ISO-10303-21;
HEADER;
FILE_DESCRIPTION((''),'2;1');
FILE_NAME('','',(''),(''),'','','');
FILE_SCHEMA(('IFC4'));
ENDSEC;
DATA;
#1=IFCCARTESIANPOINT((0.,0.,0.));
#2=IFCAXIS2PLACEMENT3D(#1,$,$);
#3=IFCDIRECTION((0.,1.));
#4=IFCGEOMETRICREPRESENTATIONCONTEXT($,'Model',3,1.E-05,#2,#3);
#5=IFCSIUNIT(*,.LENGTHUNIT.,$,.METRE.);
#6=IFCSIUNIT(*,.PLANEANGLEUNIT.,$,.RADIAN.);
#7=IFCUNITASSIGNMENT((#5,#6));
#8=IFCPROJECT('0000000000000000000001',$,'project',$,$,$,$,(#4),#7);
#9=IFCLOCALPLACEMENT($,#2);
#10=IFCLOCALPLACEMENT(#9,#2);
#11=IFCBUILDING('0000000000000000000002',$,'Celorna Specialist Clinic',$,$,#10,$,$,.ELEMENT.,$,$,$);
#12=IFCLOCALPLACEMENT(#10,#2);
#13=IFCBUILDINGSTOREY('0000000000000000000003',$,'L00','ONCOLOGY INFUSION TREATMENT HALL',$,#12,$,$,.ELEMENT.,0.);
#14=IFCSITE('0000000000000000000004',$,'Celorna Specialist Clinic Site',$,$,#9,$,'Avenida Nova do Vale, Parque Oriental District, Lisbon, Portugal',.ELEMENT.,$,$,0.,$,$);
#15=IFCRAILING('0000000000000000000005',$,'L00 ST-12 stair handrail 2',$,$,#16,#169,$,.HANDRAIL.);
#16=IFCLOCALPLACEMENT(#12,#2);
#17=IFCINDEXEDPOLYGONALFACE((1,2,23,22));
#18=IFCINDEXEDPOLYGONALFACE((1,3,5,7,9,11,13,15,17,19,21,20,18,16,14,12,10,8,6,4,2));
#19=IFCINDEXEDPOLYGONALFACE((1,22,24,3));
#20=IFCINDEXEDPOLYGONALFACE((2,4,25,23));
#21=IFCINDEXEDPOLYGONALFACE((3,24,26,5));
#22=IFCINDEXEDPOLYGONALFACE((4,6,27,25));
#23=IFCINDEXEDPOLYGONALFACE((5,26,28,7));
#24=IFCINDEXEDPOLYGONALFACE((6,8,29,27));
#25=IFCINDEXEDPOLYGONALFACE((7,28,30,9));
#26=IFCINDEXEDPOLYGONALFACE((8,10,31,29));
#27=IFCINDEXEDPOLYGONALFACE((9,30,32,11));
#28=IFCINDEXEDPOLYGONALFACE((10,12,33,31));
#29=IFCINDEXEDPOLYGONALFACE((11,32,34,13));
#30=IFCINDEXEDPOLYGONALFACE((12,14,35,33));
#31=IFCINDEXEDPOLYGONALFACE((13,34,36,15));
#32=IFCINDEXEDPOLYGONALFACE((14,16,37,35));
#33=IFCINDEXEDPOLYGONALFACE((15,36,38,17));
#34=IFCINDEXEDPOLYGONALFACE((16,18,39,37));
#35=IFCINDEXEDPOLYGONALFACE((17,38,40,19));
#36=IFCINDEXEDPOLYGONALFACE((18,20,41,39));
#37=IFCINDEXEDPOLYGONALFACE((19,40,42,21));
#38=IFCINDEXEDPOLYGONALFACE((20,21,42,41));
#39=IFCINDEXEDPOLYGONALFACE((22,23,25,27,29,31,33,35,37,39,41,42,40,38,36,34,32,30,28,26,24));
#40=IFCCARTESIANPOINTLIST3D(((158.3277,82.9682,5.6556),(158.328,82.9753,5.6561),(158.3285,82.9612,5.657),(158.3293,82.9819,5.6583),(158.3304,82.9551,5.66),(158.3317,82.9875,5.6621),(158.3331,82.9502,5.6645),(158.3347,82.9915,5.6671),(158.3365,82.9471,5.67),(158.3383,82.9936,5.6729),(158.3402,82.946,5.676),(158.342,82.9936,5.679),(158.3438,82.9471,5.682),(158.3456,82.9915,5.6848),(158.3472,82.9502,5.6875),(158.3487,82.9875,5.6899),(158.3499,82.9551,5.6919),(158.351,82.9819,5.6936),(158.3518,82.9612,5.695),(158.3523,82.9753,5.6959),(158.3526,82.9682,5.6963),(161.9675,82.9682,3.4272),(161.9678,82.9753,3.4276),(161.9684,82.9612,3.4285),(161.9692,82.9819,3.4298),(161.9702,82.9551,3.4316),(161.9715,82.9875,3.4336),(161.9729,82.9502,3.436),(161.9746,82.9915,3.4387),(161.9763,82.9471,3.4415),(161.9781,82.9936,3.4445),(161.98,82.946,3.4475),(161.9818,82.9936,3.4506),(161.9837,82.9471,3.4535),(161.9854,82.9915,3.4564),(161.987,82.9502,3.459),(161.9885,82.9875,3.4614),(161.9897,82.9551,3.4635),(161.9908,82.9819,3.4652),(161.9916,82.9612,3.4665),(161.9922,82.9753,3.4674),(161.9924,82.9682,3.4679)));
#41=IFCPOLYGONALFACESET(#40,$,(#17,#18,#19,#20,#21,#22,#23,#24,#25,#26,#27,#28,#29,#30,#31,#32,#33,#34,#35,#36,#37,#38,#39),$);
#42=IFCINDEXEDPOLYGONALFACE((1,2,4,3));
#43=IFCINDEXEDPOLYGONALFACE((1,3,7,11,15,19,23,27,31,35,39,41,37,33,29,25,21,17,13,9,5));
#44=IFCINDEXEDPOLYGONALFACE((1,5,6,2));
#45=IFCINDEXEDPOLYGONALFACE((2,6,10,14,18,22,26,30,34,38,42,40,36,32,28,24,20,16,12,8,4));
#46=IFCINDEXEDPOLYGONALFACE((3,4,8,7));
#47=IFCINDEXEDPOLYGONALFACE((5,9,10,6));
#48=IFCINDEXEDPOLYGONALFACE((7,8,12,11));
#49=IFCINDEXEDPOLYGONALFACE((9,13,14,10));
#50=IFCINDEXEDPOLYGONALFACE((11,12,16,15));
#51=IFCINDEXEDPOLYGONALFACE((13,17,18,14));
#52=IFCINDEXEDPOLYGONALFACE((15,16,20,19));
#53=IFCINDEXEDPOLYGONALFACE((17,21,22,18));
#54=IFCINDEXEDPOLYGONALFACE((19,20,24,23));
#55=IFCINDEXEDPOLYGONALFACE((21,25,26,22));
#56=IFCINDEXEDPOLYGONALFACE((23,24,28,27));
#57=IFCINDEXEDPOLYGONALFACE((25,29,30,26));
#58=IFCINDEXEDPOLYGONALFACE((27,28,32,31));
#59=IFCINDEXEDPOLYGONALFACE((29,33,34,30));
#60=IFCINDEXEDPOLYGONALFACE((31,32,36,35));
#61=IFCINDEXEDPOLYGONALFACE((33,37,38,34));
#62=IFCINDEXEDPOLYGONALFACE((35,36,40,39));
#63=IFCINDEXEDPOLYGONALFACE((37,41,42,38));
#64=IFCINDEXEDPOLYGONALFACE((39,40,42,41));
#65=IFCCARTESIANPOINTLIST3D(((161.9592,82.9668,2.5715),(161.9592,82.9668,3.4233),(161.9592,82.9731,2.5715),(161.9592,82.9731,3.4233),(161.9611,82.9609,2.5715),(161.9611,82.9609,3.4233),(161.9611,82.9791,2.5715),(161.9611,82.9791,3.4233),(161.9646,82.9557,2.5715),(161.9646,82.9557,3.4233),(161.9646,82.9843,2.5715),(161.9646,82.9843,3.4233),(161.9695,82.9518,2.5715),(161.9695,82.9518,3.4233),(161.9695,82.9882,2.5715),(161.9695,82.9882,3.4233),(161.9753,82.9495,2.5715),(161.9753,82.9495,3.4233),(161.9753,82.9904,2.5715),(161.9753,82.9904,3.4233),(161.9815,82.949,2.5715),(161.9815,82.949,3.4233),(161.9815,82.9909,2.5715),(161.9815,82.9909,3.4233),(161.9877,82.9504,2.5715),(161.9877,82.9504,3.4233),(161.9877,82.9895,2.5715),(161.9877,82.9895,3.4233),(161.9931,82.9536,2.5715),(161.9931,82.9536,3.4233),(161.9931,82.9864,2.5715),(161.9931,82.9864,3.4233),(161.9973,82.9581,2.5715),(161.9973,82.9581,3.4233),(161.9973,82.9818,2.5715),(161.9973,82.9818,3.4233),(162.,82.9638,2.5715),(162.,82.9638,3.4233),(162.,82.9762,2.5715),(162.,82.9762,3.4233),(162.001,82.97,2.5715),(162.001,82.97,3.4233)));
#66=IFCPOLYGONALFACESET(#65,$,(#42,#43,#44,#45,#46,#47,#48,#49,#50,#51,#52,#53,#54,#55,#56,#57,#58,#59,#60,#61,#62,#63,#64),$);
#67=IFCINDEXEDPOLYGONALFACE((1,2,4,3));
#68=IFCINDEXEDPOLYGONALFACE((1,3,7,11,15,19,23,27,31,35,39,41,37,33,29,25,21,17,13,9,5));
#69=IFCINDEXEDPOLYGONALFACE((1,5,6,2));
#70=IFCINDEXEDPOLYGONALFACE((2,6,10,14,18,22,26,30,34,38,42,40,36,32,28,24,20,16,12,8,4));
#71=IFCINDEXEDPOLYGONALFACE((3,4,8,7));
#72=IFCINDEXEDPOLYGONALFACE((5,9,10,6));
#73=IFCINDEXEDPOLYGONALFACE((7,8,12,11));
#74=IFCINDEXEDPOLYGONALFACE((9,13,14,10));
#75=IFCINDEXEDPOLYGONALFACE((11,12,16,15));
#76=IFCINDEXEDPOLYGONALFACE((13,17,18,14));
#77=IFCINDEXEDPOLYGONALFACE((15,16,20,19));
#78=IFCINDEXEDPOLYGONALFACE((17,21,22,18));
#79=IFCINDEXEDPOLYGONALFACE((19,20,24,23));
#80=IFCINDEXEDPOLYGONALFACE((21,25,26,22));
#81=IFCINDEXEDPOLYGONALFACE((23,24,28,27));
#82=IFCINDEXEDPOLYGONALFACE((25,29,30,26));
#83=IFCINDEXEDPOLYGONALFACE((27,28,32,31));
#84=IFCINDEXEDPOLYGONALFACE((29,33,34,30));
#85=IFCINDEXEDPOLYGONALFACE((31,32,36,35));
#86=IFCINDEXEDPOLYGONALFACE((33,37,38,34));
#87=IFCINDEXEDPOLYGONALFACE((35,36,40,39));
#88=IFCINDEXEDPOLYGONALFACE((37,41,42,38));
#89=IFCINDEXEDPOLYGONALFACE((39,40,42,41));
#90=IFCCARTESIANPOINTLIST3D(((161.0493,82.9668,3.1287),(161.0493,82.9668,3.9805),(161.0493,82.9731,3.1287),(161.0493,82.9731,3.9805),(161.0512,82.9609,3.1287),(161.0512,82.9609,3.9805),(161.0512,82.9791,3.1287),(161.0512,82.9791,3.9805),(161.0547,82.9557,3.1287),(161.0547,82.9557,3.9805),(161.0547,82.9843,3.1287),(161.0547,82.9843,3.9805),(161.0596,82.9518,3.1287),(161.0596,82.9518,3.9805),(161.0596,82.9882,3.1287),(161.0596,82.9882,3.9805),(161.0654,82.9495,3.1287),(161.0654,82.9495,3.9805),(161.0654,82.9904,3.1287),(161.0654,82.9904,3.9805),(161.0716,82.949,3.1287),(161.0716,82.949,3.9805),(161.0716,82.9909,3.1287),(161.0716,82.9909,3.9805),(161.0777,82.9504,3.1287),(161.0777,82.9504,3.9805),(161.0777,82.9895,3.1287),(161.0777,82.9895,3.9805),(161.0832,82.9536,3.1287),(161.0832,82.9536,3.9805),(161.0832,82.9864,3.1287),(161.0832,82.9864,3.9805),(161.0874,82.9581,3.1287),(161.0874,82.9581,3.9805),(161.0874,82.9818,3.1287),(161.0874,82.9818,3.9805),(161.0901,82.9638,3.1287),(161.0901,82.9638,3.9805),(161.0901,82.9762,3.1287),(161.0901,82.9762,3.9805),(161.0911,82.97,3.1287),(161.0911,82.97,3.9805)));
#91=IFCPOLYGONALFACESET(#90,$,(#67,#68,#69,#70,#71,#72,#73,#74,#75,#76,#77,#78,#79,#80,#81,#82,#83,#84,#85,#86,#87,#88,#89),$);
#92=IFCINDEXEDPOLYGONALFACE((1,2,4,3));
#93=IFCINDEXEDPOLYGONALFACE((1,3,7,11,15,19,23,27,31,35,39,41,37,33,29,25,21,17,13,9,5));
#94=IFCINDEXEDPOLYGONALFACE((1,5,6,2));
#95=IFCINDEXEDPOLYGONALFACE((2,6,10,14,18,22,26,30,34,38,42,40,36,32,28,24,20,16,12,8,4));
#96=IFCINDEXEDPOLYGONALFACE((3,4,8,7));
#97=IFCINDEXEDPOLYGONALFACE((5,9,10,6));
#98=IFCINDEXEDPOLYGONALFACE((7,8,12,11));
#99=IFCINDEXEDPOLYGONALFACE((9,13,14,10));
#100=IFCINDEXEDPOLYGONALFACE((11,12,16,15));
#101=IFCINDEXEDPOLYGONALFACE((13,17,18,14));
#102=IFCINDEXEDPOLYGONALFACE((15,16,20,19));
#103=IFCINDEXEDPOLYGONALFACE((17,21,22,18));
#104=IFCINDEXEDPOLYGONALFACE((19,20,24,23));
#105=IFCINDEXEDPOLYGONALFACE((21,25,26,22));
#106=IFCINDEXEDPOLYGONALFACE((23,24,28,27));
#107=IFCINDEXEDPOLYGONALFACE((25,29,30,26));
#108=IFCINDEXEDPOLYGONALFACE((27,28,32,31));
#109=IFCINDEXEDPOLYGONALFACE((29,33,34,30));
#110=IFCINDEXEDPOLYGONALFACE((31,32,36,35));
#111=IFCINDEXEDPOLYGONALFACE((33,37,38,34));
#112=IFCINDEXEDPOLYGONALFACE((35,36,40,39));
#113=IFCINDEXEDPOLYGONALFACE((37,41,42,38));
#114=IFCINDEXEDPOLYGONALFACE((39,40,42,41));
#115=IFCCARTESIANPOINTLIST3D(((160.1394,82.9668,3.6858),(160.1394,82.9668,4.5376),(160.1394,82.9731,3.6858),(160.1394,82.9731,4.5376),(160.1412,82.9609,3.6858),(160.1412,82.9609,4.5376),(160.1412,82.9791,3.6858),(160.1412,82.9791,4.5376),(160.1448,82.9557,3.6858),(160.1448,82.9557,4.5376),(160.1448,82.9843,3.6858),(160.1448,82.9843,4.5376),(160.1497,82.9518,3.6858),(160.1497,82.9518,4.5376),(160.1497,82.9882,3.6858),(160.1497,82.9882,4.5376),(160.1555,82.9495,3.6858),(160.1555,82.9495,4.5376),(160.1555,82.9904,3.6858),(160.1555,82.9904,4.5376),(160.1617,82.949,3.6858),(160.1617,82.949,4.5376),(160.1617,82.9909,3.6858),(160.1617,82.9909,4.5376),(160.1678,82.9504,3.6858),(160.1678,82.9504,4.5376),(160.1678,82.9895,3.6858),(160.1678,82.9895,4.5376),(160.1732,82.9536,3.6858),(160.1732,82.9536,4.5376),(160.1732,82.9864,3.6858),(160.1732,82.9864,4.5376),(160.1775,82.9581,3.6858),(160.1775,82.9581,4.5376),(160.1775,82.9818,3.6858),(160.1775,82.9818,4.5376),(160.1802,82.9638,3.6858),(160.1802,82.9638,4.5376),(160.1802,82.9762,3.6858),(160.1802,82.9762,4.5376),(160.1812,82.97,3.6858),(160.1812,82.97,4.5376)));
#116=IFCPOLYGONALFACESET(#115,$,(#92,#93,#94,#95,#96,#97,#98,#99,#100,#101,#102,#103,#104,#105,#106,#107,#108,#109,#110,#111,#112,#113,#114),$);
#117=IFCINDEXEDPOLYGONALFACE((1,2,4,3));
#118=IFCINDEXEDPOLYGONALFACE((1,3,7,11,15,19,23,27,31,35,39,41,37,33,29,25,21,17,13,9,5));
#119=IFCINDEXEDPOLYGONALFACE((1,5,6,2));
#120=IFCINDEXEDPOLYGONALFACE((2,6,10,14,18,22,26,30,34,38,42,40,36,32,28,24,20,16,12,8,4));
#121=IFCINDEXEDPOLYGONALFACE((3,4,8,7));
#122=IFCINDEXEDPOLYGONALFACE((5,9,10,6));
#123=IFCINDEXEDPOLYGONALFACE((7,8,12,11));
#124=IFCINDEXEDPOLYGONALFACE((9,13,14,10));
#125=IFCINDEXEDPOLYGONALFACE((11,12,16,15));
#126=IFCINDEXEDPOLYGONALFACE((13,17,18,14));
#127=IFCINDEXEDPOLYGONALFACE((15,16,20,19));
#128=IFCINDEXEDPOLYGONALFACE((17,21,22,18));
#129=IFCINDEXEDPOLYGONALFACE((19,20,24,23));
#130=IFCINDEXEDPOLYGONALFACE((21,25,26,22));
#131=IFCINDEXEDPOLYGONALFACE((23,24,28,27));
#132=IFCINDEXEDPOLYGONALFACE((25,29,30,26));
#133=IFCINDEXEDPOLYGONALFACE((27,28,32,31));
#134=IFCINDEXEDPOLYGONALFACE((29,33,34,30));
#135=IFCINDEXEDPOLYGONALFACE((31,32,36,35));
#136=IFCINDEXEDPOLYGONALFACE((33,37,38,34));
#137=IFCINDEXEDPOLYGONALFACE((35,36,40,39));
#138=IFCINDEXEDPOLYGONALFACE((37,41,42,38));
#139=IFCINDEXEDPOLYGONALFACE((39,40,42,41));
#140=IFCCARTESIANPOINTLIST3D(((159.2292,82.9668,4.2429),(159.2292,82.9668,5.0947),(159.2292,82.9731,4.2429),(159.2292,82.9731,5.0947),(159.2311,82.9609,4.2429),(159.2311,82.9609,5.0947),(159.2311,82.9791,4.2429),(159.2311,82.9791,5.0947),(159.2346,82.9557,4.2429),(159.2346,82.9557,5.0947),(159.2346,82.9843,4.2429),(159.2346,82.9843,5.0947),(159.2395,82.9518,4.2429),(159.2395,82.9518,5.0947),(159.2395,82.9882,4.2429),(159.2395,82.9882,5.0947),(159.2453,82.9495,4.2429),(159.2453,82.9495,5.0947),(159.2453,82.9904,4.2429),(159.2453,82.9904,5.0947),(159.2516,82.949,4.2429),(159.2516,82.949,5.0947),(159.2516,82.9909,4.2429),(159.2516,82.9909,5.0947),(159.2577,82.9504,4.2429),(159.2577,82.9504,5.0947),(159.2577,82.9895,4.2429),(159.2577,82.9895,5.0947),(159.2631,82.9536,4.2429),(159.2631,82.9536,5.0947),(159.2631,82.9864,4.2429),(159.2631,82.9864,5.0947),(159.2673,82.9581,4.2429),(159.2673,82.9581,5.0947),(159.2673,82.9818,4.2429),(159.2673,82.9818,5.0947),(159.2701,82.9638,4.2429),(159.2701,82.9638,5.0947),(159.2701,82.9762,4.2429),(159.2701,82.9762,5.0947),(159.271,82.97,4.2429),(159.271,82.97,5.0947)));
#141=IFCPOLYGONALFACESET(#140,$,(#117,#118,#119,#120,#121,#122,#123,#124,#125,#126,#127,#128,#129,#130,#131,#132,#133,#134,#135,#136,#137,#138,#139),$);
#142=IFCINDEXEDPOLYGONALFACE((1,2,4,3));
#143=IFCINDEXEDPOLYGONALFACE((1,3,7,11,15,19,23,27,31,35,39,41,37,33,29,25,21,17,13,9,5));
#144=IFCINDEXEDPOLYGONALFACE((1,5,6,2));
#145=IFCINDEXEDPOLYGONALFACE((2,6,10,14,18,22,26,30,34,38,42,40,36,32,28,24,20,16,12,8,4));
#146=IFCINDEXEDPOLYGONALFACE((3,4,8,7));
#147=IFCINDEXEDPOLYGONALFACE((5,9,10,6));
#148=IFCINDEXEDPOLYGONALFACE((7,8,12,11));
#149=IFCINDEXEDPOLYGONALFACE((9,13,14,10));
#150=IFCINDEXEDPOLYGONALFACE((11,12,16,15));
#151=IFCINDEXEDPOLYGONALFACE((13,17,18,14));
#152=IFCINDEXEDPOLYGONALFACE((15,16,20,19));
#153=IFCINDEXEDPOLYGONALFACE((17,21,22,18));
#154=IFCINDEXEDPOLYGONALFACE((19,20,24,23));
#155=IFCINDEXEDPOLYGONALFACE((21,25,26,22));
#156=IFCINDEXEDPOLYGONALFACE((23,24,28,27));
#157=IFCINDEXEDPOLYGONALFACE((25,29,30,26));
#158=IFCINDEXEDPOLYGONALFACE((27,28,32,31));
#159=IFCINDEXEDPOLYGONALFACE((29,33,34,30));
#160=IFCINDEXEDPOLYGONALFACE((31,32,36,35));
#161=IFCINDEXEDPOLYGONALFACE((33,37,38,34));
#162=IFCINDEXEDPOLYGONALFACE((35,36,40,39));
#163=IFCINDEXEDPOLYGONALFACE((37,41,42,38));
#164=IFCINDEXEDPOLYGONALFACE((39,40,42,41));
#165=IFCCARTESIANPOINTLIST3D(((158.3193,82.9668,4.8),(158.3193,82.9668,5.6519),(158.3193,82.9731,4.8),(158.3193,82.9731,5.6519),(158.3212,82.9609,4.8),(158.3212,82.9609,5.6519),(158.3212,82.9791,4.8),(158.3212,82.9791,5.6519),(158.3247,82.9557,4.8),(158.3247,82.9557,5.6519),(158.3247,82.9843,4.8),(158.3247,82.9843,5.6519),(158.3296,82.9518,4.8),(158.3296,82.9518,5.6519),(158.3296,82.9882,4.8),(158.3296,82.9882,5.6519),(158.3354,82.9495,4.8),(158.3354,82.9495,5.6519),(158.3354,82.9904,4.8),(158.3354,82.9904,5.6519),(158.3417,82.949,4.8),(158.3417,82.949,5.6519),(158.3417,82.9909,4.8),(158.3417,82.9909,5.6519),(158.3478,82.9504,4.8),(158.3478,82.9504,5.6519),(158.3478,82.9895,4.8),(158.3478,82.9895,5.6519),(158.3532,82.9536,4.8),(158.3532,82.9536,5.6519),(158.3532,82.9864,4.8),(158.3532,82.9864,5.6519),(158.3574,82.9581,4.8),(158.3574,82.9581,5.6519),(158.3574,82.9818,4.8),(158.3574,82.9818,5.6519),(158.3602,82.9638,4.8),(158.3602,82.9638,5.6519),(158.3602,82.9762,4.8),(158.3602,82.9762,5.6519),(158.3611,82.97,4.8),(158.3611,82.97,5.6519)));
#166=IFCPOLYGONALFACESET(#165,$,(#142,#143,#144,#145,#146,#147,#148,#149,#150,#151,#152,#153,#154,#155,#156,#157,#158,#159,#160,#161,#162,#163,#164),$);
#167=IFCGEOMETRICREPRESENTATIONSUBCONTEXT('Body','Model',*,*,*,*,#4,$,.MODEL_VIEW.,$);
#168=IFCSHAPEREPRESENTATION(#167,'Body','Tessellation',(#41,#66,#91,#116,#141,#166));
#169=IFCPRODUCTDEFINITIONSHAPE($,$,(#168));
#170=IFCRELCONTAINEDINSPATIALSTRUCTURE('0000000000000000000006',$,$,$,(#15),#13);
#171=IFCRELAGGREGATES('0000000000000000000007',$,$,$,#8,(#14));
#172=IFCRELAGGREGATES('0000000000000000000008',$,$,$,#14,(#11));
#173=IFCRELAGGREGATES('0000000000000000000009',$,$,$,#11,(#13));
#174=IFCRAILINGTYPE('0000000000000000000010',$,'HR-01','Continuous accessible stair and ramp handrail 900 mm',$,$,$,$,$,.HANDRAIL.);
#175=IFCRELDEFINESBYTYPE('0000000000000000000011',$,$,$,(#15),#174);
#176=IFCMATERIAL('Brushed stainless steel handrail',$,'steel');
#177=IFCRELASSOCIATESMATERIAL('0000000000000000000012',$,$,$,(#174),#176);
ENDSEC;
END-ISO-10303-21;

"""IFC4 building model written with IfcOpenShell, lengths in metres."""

from ifc_helpers import new_model, si_unit, direction, frame, origin, origin_2d, place, context, subcontext, project, spatial, circle, extrude, material, type_object, element, save


model = new_model("IFC4")

# Units and contexts
model_context = context("Model", 3, precision=1e-05, world=origin(), true_north=direction((0.0, 1.0)))
body_context = subcontext(model_context, "Body", "Model", "MODEL_VIEW")
ifc_project = project(units=[si_unit("LENGTHUNIT", "METRE"), si_unit("PLANEANGLEUNIT", "RADIAN")], contexts=[model_context])

# Site, building, storey
site_placement = place(None, origin())
site = spatial("IfcSite", under=ifc_project, at=site_placement, Name="Celorna Specialist Clinic Site", LongName="Avenida Nova do Vale, Parque Oriental District, Lisbon, Portugal", CompositionType="ELEMENT", RefElevation=0.0)
building_placement = place(site_placement, origin())
building = spatial("IfcBuilding", under=site, at=building_placement, Name="Celorna Specialist Clinic", CompositionType="ELEMENT")
storey_placement = place(building_placement, origin())
storey = spatial("IfcBuildingStorey", under=building, at=storey_placement, Name="L00", Description="ONCOLOGY INFUSION TREATMENT HALL", CompositionType="ELEMENT", Elevation=0.0)

# Railing
ifc_material_1 = material(Name="Brushed stainless steel handrail", Category="steel")
railing_type_1 = type_object("IfcRailingType", Name="HR-01", Description="Continuous accessible stair and ramp handrail 900 mm", PredefinedType="HANDRAIL", material=ifc_material_1)
railing_1_placement = place(storey_placement, frame((161.98, 82.97, 2.5715)))
element("IfcRailing", 1, at=railing_1_placement, inside=storey, type_object=railing_type_1, Name="L00 ST-12 stair handrail 2", PredefinedType="HANDRAIL", context=body_context, shape_type="SweptSolid", body=[
    extrude(circle(Radius=0.0239, at=origin_2d()), frame((0.0, 0.0, 0.876), z_axis=(-0.85285, 0.0, 0.522156), x_axis=(0.0, -1.0, 0.0)), (0.0, 0.0, 1.0), 4.2678),
    extrude(circle(Radius=0.021, at=origin_2d()), origin(), (0.0, 0.0, 1.0), 0.8518),
    extrude(circle(Radius=0.021, at=origin_2d()), frame((-0.9099, 0.0, 0.5571)), (0.0, 0.0, 1.0), 0.8518),
    extrude(circle(Radius=0.021, at=origin_2d()), frame((-1.8198, 0.0, 1.1143)), (0.0, 0.0, 1.0), 0.8518),
    extrude(circle(Radius=0.021, at=origin_2d()), frame((-2.73, 0.0, 1.6714)), (0.0, 0.0, 1.0), 0.8518),
    extrude(circle(Radius=0.021, at=origin_2d()), frame((-3.6399, 0.0, 2.2285)), (0.0, 0.0, 1.0), 0.8518),
])

save(model, "model.ifc")
